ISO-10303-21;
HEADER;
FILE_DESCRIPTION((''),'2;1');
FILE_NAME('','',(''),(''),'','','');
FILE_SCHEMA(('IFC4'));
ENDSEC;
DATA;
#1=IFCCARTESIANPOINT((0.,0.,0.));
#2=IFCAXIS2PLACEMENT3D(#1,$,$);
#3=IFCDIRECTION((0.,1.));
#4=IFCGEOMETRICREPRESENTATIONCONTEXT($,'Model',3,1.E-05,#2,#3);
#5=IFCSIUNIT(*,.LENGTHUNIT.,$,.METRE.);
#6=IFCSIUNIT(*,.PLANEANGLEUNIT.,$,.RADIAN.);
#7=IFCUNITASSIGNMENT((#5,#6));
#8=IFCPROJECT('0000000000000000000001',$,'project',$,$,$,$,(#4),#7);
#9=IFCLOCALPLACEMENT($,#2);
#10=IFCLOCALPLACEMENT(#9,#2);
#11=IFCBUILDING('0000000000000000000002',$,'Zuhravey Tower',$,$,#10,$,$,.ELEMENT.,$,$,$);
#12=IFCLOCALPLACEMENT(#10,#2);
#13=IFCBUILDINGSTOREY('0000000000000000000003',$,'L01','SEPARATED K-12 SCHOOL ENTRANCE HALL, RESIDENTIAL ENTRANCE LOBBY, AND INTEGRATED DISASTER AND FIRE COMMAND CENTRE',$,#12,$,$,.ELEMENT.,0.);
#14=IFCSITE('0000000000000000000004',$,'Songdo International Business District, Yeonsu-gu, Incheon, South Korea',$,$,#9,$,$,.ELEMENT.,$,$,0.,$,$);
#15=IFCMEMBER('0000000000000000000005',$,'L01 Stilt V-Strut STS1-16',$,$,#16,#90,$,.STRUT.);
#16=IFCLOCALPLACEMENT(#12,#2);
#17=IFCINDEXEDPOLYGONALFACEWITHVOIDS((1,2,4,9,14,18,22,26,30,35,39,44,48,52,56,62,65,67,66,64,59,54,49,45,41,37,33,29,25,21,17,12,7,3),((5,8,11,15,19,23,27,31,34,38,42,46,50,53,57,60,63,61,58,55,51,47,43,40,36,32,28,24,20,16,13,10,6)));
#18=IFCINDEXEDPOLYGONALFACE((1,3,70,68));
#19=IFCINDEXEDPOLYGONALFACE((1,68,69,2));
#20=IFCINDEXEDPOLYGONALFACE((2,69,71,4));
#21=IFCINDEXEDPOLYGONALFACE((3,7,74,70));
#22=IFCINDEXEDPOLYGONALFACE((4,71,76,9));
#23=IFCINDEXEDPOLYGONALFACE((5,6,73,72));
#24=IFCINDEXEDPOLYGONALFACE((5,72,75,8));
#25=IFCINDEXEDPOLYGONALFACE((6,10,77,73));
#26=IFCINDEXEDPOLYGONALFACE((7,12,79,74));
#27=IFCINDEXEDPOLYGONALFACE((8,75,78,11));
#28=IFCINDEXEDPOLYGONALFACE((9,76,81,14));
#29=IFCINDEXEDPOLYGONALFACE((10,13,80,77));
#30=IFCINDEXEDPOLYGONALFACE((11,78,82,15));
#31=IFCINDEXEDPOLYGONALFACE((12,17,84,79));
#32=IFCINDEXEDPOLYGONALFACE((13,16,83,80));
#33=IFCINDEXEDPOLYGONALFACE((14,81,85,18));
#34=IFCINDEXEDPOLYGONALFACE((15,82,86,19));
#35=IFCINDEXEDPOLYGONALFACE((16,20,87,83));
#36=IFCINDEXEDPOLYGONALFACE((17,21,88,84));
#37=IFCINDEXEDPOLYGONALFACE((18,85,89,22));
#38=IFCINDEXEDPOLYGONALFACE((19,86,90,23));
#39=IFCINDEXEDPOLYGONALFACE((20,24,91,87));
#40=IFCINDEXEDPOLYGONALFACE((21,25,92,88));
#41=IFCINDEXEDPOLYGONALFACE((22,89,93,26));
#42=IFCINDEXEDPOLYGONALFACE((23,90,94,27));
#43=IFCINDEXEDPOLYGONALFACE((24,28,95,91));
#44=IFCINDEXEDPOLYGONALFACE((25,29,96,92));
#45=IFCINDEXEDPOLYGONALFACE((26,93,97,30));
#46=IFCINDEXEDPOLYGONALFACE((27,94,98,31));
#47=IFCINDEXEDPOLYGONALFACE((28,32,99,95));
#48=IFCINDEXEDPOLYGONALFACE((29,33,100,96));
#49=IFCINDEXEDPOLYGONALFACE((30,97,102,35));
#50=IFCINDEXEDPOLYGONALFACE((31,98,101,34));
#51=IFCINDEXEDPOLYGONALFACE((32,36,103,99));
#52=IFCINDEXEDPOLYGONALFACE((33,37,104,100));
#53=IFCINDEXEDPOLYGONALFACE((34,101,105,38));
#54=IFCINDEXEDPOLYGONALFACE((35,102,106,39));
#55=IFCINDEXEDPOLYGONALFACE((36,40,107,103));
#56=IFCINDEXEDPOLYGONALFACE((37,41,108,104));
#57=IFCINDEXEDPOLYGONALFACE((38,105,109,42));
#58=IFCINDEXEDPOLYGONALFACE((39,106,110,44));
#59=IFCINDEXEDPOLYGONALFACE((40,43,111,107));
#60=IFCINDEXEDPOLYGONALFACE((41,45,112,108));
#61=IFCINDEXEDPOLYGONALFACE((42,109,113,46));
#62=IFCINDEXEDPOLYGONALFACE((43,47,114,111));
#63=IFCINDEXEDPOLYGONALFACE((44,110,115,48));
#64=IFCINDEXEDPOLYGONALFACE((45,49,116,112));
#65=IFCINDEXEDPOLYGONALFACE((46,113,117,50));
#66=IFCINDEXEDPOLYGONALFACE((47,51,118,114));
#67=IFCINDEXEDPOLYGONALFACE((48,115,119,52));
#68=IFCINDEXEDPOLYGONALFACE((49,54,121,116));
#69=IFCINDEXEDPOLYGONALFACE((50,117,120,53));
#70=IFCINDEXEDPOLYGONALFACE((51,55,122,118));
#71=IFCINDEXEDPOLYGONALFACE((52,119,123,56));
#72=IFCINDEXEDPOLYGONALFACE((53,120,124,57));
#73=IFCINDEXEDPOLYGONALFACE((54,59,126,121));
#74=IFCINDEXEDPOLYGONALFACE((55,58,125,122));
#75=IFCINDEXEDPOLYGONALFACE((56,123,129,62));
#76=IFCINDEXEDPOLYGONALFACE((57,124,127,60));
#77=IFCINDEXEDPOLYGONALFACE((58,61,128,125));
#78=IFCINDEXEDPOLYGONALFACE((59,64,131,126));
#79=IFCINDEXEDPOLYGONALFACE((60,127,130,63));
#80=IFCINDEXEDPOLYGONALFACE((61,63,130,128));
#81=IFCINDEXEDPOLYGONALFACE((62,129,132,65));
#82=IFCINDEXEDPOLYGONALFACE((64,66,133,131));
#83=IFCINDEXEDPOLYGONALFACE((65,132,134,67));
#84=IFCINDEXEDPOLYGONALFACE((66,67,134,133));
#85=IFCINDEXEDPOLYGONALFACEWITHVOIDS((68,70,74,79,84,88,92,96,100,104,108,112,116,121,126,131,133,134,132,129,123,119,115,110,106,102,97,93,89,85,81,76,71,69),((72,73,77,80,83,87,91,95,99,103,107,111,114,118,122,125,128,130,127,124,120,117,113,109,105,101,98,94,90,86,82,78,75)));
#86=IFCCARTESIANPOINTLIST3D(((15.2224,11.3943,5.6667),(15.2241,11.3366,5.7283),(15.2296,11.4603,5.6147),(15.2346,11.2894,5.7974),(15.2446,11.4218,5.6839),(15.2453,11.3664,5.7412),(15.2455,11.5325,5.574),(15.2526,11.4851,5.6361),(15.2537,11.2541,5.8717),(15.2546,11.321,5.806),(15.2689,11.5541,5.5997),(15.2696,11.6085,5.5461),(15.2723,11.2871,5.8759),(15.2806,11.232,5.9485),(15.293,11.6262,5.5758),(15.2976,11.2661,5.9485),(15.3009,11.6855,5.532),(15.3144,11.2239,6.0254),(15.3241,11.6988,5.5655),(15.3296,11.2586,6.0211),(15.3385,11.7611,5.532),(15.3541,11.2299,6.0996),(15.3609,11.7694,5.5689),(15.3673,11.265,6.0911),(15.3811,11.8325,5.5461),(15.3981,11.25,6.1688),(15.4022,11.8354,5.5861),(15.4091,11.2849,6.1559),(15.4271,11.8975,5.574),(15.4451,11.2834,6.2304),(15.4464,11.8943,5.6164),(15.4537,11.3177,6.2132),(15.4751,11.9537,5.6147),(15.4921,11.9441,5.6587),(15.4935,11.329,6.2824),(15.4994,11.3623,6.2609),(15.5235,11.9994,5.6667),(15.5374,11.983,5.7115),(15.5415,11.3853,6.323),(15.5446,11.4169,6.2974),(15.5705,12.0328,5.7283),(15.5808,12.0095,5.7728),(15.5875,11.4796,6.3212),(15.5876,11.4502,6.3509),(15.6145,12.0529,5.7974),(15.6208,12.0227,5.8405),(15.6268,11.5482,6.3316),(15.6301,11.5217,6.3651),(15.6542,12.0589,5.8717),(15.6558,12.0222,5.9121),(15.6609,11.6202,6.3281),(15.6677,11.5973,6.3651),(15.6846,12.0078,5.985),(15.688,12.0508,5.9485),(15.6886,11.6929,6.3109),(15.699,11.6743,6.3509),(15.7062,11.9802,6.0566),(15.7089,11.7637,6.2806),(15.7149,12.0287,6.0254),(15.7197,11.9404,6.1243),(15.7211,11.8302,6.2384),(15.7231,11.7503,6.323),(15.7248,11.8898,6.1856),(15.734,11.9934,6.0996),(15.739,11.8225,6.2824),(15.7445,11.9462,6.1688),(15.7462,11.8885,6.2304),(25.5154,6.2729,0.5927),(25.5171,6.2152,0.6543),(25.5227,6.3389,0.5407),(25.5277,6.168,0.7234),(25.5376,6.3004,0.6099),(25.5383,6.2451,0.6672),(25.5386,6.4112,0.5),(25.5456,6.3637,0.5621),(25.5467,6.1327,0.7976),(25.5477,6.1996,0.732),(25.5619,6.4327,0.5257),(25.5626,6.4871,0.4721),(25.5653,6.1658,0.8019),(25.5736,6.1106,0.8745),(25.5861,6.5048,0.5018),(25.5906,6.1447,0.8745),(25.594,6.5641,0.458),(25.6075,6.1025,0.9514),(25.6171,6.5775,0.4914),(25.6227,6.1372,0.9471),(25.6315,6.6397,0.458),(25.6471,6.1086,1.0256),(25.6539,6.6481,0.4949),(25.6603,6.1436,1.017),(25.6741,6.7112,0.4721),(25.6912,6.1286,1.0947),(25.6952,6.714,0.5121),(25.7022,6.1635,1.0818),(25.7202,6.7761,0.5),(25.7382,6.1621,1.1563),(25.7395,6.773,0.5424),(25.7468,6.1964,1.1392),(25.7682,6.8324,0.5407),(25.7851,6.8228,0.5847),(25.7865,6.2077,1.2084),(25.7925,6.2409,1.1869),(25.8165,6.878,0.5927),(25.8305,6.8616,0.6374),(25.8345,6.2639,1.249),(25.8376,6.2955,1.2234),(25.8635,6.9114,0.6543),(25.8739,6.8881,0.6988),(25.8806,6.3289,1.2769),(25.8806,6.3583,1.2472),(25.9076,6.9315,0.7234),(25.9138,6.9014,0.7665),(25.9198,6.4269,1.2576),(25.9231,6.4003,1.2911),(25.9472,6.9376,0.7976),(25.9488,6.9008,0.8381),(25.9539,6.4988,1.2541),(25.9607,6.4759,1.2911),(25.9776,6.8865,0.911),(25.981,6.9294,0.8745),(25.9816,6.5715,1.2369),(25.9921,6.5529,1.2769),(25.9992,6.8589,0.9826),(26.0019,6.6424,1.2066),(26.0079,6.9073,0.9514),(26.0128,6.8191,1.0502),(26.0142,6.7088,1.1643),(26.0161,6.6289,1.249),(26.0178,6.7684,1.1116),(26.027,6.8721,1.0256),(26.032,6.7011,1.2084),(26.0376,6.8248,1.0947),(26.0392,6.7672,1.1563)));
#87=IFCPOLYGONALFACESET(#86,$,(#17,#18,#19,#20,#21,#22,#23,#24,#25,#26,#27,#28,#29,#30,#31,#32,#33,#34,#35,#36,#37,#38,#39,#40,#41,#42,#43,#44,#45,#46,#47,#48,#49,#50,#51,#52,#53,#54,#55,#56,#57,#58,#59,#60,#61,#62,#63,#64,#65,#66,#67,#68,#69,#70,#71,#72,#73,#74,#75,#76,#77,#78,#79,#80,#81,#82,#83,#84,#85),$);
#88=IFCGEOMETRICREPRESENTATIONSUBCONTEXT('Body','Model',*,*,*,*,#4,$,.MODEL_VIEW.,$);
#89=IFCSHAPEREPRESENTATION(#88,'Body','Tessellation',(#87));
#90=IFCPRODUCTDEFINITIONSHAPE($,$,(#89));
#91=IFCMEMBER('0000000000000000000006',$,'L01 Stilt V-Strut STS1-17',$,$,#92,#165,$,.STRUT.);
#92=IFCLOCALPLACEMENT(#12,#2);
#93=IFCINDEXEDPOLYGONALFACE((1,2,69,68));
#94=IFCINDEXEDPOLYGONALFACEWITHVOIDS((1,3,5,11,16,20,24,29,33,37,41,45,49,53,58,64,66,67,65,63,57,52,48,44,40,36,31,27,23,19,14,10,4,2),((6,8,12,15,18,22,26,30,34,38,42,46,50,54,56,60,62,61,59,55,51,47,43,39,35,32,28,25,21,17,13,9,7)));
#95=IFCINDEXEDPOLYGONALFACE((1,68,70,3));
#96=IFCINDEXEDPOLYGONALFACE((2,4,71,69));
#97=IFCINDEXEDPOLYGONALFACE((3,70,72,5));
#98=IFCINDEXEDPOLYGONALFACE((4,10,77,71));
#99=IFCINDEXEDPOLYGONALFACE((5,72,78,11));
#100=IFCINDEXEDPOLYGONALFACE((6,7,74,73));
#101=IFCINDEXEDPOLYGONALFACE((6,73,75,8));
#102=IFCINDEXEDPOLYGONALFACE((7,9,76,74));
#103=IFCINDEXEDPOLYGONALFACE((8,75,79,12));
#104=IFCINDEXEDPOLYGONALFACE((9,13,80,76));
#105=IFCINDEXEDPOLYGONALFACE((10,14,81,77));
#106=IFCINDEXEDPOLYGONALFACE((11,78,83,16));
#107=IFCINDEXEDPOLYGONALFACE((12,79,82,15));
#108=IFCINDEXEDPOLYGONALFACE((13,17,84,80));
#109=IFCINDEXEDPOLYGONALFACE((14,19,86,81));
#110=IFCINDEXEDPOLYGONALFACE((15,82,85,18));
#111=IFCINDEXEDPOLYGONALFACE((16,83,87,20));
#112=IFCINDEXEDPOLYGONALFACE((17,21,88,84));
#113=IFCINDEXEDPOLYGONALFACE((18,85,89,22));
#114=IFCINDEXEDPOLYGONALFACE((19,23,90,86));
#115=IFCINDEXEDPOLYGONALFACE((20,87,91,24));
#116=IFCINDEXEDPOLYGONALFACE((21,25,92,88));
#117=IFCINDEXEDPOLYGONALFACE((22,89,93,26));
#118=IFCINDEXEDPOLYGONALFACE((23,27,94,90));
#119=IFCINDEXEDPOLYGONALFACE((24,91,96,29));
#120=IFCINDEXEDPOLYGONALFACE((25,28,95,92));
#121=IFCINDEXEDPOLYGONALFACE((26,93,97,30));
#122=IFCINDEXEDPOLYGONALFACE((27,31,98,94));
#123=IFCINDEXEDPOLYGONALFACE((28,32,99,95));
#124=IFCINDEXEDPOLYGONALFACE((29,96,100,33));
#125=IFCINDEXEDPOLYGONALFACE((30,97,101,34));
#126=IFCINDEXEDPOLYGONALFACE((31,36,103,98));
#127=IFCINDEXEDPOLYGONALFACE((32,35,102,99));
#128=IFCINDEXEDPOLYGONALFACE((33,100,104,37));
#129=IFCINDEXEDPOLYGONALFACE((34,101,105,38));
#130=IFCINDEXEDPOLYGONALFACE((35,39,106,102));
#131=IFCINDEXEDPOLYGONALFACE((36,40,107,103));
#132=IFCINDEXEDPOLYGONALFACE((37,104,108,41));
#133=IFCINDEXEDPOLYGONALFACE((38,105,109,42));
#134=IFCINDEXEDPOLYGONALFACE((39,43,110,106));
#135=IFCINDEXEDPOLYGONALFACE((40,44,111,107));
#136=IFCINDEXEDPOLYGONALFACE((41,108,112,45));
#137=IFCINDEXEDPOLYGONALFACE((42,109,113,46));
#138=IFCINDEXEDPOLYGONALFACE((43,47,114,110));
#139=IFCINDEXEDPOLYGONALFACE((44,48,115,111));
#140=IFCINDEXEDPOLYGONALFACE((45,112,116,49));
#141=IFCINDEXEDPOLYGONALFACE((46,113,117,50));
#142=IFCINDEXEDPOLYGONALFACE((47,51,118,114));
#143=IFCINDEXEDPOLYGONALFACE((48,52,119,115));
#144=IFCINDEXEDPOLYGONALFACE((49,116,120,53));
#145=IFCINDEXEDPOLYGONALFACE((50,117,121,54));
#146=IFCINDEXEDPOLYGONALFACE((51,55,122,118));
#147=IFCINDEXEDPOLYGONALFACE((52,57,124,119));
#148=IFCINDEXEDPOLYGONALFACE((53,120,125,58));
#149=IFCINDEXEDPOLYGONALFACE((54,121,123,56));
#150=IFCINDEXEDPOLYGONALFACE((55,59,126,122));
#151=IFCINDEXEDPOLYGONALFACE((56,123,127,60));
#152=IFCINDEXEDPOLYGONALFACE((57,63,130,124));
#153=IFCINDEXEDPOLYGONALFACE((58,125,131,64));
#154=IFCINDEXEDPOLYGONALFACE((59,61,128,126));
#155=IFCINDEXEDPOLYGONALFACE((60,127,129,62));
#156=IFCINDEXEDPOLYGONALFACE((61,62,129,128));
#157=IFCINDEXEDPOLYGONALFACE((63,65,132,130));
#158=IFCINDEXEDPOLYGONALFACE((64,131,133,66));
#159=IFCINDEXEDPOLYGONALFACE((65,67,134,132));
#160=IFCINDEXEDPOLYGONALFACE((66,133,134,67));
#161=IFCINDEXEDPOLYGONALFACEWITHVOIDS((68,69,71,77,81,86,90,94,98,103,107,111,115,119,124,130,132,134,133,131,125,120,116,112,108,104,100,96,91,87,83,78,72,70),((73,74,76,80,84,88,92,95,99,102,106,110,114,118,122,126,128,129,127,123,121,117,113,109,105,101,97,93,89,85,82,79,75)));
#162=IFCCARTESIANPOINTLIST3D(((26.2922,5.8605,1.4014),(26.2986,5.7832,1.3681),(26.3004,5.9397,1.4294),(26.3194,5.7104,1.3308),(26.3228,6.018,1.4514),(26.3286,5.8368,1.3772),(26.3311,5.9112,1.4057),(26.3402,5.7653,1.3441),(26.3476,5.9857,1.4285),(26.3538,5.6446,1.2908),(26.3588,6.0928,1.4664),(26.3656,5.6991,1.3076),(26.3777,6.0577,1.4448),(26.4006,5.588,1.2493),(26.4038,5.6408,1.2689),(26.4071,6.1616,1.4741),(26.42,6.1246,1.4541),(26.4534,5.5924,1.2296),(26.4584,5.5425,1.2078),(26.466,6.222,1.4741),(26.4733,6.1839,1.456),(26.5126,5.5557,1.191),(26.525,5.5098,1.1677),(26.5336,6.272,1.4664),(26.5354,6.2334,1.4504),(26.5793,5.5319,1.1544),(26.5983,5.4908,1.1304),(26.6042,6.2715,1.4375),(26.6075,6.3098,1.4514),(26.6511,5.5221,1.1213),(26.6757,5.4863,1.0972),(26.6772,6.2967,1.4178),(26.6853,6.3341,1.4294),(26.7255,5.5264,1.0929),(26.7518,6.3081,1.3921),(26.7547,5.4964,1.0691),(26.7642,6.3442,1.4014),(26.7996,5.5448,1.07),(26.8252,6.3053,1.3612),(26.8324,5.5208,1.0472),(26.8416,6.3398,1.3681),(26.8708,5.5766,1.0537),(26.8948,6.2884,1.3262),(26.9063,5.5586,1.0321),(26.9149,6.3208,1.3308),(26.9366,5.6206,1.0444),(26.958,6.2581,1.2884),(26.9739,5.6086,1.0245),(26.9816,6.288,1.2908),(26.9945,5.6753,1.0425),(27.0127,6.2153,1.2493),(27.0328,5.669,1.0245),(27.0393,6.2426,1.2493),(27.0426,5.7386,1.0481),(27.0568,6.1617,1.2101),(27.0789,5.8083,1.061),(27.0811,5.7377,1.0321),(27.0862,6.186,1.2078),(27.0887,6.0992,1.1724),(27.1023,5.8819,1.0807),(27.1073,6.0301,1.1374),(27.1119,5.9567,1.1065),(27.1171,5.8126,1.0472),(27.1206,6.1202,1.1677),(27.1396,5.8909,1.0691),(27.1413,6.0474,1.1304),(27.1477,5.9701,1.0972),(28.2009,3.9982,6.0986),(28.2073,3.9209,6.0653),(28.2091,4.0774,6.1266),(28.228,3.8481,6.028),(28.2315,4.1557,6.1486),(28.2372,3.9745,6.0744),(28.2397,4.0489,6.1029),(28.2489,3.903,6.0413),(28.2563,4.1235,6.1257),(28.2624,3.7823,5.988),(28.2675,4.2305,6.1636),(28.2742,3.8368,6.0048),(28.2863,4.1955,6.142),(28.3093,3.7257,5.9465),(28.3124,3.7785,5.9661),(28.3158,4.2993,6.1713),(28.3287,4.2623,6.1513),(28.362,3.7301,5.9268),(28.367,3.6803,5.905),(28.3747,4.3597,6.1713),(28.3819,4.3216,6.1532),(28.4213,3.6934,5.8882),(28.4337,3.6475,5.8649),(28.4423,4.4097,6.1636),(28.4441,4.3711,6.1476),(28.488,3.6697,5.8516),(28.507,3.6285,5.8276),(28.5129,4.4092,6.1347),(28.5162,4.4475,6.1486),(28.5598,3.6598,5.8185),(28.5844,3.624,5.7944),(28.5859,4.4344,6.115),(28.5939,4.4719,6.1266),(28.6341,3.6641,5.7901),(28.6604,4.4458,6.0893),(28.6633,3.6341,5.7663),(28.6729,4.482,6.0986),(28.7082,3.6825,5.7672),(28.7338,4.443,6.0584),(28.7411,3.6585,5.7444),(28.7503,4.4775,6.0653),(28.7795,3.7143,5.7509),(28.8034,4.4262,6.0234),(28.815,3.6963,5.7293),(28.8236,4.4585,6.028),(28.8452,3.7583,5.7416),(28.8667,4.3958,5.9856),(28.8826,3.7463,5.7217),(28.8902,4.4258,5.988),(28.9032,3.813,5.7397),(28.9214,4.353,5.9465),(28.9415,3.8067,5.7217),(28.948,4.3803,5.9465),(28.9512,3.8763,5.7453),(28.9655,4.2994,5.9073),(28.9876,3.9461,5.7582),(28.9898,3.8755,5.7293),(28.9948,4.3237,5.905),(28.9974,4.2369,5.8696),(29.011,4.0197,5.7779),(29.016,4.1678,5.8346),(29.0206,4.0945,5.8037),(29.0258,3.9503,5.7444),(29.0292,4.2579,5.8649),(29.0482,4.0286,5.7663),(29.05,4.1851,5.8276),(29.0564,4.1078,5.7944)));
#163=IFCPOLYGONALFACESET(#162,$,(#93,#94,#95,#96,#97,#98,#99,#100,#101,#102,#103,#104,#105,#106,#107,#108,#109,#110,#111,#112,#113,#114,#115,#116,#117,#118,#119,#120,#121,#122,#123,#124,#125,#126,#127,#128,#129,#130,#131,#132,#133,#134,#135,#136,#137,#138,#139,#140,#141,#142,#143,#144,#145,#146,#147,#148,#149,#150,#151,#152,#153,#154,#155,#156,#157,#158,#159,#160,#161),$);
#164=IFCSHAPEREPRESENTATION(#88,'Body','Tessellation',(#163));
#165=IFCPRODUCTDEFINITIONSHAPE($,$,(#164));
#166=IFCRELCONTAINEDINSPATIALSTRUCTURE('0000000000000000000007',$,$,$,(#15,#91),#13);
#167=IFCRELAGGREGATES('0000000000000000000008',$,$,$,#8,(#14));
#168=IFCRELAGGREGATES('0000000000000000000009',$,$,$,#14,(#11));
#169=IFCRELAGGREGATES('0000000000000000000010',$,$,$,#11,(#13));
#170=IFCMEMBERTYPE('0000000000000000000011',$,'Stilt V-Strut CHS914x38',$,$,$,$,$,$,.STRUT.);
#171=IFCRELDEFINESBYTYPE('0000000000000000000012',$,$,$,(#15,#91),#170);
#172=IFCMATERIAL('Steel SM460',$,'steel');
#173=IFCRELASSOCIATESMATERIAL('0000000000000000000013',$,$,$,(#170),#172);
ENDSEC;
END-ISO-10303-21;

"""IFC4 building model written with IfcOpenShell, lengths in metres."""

from ifc_helpers import new_model, si_unit, direction, frame, origin, origin_2d, place, context, subcontext, project, spatial, hollow_circle, extrude, material, material_profile, profile_set, type_object, element, save


model = new_model("IFC4")

# Units and contexts
model_context = context("Model", 3, precision=1e-05, world=origin(), true_north=direction((0.0, 1.0)))
body_context = subcontext(model_context, "Body", "Model", "MODEL_VIEW")
ifc_project = project(units=[si_unit("LENGTHUNIT", "METRE"), si_unit("PLANEANGLEUNIT", "RADIAN")], contexts=[model_context])

# Site, building, storey
site_placement = place(None, origin())
site = spatial("IfcSite", under=ifc_project, at=site_placement, Name="Songdo International Business District, Yeonsu-gu, Incheon, South Korea", CompositionType="ELEMENT", RefElevation=0.0)
building_placement = place(site_placement, origin())
building = spatial("IfcBuilding", under=site, at=building_placement, Name="Zuhravey Tower", CompositionType="ELEMENT")
storey_placement = place(building_placement, origin())
storey = spatial("IfcBuildingStorey", under=building, at=storey_placement, Name="L01", Description="SEPARATED K-12 SCHOOL ENTRANCE HALL, RESIDENTIAL ENTRANCE LOBBY, AND INTEGRATED DISASTER AND FIRE COMMAND CENTRE", CompositionType="ELEMENT", Elevation=0.0)

# Shared definitions
ifc_material_1 = material(Name="Steel SM460", Category="steel")

# Members
ifc_material_profile_1 = material_profile(ifc_material_1, hollow_circle(Radius=0.4573, WallThickness=0.0381, at=origin_2d()), Name="CHS-914.4x38")
ifc_profile_set_1 = profile_set([ifc_material_profile_1], Name="Steel SM460")
member_type = type_object("IfcMemberType", Name="Stilt V-Strut CHS914x38", PredefinedType="STRUT", material=ifc_profile_set_1)
member_1_placement = place(storey_placement, frame((25.7773, 6.52, 0.8745), z_axis=(-0.819076, 0.407537, 0.403768), x_axis=(-0.445463, -0.8953, 0.0)))
element("IfcMember", 1, at=member_1_placement, inside=storey, type_object=member_type, Name="L01 Stilt V-Strut STS1-16", PredefinedType="STRUT", context=body_context, shape_type="SweptSolid", body=[
    extrude(hollow_circle(Radius=0.4573, WallThickness=0.0381, at=origin_2d()), origin(), (0.0, 0.0, 1.0), 12.5667),
])
member_2_placement = place(storey_placement, frame((26.72, 5.9153, 1.2493), z_axis=(0.353367, -0.344779, 0.869632), x_axis=(0.698356, 0.715751, 0.0)))
element("IfcMember", 2, at=member_2_placement, inside=storey, type_object=member_type, Name="L01 Stilt V-Strut STS1-17", PredefinedType="STRUT", context=body_context, shape_type="SweptSolid", body=[
    extrude(hollow_circle(Radius=0.4573, WallThickness=0.0381, at=origin_2d()), origin(), (0.0, 0.0, 1.0), 5.4014),
])

save(model, "model.ifc")
